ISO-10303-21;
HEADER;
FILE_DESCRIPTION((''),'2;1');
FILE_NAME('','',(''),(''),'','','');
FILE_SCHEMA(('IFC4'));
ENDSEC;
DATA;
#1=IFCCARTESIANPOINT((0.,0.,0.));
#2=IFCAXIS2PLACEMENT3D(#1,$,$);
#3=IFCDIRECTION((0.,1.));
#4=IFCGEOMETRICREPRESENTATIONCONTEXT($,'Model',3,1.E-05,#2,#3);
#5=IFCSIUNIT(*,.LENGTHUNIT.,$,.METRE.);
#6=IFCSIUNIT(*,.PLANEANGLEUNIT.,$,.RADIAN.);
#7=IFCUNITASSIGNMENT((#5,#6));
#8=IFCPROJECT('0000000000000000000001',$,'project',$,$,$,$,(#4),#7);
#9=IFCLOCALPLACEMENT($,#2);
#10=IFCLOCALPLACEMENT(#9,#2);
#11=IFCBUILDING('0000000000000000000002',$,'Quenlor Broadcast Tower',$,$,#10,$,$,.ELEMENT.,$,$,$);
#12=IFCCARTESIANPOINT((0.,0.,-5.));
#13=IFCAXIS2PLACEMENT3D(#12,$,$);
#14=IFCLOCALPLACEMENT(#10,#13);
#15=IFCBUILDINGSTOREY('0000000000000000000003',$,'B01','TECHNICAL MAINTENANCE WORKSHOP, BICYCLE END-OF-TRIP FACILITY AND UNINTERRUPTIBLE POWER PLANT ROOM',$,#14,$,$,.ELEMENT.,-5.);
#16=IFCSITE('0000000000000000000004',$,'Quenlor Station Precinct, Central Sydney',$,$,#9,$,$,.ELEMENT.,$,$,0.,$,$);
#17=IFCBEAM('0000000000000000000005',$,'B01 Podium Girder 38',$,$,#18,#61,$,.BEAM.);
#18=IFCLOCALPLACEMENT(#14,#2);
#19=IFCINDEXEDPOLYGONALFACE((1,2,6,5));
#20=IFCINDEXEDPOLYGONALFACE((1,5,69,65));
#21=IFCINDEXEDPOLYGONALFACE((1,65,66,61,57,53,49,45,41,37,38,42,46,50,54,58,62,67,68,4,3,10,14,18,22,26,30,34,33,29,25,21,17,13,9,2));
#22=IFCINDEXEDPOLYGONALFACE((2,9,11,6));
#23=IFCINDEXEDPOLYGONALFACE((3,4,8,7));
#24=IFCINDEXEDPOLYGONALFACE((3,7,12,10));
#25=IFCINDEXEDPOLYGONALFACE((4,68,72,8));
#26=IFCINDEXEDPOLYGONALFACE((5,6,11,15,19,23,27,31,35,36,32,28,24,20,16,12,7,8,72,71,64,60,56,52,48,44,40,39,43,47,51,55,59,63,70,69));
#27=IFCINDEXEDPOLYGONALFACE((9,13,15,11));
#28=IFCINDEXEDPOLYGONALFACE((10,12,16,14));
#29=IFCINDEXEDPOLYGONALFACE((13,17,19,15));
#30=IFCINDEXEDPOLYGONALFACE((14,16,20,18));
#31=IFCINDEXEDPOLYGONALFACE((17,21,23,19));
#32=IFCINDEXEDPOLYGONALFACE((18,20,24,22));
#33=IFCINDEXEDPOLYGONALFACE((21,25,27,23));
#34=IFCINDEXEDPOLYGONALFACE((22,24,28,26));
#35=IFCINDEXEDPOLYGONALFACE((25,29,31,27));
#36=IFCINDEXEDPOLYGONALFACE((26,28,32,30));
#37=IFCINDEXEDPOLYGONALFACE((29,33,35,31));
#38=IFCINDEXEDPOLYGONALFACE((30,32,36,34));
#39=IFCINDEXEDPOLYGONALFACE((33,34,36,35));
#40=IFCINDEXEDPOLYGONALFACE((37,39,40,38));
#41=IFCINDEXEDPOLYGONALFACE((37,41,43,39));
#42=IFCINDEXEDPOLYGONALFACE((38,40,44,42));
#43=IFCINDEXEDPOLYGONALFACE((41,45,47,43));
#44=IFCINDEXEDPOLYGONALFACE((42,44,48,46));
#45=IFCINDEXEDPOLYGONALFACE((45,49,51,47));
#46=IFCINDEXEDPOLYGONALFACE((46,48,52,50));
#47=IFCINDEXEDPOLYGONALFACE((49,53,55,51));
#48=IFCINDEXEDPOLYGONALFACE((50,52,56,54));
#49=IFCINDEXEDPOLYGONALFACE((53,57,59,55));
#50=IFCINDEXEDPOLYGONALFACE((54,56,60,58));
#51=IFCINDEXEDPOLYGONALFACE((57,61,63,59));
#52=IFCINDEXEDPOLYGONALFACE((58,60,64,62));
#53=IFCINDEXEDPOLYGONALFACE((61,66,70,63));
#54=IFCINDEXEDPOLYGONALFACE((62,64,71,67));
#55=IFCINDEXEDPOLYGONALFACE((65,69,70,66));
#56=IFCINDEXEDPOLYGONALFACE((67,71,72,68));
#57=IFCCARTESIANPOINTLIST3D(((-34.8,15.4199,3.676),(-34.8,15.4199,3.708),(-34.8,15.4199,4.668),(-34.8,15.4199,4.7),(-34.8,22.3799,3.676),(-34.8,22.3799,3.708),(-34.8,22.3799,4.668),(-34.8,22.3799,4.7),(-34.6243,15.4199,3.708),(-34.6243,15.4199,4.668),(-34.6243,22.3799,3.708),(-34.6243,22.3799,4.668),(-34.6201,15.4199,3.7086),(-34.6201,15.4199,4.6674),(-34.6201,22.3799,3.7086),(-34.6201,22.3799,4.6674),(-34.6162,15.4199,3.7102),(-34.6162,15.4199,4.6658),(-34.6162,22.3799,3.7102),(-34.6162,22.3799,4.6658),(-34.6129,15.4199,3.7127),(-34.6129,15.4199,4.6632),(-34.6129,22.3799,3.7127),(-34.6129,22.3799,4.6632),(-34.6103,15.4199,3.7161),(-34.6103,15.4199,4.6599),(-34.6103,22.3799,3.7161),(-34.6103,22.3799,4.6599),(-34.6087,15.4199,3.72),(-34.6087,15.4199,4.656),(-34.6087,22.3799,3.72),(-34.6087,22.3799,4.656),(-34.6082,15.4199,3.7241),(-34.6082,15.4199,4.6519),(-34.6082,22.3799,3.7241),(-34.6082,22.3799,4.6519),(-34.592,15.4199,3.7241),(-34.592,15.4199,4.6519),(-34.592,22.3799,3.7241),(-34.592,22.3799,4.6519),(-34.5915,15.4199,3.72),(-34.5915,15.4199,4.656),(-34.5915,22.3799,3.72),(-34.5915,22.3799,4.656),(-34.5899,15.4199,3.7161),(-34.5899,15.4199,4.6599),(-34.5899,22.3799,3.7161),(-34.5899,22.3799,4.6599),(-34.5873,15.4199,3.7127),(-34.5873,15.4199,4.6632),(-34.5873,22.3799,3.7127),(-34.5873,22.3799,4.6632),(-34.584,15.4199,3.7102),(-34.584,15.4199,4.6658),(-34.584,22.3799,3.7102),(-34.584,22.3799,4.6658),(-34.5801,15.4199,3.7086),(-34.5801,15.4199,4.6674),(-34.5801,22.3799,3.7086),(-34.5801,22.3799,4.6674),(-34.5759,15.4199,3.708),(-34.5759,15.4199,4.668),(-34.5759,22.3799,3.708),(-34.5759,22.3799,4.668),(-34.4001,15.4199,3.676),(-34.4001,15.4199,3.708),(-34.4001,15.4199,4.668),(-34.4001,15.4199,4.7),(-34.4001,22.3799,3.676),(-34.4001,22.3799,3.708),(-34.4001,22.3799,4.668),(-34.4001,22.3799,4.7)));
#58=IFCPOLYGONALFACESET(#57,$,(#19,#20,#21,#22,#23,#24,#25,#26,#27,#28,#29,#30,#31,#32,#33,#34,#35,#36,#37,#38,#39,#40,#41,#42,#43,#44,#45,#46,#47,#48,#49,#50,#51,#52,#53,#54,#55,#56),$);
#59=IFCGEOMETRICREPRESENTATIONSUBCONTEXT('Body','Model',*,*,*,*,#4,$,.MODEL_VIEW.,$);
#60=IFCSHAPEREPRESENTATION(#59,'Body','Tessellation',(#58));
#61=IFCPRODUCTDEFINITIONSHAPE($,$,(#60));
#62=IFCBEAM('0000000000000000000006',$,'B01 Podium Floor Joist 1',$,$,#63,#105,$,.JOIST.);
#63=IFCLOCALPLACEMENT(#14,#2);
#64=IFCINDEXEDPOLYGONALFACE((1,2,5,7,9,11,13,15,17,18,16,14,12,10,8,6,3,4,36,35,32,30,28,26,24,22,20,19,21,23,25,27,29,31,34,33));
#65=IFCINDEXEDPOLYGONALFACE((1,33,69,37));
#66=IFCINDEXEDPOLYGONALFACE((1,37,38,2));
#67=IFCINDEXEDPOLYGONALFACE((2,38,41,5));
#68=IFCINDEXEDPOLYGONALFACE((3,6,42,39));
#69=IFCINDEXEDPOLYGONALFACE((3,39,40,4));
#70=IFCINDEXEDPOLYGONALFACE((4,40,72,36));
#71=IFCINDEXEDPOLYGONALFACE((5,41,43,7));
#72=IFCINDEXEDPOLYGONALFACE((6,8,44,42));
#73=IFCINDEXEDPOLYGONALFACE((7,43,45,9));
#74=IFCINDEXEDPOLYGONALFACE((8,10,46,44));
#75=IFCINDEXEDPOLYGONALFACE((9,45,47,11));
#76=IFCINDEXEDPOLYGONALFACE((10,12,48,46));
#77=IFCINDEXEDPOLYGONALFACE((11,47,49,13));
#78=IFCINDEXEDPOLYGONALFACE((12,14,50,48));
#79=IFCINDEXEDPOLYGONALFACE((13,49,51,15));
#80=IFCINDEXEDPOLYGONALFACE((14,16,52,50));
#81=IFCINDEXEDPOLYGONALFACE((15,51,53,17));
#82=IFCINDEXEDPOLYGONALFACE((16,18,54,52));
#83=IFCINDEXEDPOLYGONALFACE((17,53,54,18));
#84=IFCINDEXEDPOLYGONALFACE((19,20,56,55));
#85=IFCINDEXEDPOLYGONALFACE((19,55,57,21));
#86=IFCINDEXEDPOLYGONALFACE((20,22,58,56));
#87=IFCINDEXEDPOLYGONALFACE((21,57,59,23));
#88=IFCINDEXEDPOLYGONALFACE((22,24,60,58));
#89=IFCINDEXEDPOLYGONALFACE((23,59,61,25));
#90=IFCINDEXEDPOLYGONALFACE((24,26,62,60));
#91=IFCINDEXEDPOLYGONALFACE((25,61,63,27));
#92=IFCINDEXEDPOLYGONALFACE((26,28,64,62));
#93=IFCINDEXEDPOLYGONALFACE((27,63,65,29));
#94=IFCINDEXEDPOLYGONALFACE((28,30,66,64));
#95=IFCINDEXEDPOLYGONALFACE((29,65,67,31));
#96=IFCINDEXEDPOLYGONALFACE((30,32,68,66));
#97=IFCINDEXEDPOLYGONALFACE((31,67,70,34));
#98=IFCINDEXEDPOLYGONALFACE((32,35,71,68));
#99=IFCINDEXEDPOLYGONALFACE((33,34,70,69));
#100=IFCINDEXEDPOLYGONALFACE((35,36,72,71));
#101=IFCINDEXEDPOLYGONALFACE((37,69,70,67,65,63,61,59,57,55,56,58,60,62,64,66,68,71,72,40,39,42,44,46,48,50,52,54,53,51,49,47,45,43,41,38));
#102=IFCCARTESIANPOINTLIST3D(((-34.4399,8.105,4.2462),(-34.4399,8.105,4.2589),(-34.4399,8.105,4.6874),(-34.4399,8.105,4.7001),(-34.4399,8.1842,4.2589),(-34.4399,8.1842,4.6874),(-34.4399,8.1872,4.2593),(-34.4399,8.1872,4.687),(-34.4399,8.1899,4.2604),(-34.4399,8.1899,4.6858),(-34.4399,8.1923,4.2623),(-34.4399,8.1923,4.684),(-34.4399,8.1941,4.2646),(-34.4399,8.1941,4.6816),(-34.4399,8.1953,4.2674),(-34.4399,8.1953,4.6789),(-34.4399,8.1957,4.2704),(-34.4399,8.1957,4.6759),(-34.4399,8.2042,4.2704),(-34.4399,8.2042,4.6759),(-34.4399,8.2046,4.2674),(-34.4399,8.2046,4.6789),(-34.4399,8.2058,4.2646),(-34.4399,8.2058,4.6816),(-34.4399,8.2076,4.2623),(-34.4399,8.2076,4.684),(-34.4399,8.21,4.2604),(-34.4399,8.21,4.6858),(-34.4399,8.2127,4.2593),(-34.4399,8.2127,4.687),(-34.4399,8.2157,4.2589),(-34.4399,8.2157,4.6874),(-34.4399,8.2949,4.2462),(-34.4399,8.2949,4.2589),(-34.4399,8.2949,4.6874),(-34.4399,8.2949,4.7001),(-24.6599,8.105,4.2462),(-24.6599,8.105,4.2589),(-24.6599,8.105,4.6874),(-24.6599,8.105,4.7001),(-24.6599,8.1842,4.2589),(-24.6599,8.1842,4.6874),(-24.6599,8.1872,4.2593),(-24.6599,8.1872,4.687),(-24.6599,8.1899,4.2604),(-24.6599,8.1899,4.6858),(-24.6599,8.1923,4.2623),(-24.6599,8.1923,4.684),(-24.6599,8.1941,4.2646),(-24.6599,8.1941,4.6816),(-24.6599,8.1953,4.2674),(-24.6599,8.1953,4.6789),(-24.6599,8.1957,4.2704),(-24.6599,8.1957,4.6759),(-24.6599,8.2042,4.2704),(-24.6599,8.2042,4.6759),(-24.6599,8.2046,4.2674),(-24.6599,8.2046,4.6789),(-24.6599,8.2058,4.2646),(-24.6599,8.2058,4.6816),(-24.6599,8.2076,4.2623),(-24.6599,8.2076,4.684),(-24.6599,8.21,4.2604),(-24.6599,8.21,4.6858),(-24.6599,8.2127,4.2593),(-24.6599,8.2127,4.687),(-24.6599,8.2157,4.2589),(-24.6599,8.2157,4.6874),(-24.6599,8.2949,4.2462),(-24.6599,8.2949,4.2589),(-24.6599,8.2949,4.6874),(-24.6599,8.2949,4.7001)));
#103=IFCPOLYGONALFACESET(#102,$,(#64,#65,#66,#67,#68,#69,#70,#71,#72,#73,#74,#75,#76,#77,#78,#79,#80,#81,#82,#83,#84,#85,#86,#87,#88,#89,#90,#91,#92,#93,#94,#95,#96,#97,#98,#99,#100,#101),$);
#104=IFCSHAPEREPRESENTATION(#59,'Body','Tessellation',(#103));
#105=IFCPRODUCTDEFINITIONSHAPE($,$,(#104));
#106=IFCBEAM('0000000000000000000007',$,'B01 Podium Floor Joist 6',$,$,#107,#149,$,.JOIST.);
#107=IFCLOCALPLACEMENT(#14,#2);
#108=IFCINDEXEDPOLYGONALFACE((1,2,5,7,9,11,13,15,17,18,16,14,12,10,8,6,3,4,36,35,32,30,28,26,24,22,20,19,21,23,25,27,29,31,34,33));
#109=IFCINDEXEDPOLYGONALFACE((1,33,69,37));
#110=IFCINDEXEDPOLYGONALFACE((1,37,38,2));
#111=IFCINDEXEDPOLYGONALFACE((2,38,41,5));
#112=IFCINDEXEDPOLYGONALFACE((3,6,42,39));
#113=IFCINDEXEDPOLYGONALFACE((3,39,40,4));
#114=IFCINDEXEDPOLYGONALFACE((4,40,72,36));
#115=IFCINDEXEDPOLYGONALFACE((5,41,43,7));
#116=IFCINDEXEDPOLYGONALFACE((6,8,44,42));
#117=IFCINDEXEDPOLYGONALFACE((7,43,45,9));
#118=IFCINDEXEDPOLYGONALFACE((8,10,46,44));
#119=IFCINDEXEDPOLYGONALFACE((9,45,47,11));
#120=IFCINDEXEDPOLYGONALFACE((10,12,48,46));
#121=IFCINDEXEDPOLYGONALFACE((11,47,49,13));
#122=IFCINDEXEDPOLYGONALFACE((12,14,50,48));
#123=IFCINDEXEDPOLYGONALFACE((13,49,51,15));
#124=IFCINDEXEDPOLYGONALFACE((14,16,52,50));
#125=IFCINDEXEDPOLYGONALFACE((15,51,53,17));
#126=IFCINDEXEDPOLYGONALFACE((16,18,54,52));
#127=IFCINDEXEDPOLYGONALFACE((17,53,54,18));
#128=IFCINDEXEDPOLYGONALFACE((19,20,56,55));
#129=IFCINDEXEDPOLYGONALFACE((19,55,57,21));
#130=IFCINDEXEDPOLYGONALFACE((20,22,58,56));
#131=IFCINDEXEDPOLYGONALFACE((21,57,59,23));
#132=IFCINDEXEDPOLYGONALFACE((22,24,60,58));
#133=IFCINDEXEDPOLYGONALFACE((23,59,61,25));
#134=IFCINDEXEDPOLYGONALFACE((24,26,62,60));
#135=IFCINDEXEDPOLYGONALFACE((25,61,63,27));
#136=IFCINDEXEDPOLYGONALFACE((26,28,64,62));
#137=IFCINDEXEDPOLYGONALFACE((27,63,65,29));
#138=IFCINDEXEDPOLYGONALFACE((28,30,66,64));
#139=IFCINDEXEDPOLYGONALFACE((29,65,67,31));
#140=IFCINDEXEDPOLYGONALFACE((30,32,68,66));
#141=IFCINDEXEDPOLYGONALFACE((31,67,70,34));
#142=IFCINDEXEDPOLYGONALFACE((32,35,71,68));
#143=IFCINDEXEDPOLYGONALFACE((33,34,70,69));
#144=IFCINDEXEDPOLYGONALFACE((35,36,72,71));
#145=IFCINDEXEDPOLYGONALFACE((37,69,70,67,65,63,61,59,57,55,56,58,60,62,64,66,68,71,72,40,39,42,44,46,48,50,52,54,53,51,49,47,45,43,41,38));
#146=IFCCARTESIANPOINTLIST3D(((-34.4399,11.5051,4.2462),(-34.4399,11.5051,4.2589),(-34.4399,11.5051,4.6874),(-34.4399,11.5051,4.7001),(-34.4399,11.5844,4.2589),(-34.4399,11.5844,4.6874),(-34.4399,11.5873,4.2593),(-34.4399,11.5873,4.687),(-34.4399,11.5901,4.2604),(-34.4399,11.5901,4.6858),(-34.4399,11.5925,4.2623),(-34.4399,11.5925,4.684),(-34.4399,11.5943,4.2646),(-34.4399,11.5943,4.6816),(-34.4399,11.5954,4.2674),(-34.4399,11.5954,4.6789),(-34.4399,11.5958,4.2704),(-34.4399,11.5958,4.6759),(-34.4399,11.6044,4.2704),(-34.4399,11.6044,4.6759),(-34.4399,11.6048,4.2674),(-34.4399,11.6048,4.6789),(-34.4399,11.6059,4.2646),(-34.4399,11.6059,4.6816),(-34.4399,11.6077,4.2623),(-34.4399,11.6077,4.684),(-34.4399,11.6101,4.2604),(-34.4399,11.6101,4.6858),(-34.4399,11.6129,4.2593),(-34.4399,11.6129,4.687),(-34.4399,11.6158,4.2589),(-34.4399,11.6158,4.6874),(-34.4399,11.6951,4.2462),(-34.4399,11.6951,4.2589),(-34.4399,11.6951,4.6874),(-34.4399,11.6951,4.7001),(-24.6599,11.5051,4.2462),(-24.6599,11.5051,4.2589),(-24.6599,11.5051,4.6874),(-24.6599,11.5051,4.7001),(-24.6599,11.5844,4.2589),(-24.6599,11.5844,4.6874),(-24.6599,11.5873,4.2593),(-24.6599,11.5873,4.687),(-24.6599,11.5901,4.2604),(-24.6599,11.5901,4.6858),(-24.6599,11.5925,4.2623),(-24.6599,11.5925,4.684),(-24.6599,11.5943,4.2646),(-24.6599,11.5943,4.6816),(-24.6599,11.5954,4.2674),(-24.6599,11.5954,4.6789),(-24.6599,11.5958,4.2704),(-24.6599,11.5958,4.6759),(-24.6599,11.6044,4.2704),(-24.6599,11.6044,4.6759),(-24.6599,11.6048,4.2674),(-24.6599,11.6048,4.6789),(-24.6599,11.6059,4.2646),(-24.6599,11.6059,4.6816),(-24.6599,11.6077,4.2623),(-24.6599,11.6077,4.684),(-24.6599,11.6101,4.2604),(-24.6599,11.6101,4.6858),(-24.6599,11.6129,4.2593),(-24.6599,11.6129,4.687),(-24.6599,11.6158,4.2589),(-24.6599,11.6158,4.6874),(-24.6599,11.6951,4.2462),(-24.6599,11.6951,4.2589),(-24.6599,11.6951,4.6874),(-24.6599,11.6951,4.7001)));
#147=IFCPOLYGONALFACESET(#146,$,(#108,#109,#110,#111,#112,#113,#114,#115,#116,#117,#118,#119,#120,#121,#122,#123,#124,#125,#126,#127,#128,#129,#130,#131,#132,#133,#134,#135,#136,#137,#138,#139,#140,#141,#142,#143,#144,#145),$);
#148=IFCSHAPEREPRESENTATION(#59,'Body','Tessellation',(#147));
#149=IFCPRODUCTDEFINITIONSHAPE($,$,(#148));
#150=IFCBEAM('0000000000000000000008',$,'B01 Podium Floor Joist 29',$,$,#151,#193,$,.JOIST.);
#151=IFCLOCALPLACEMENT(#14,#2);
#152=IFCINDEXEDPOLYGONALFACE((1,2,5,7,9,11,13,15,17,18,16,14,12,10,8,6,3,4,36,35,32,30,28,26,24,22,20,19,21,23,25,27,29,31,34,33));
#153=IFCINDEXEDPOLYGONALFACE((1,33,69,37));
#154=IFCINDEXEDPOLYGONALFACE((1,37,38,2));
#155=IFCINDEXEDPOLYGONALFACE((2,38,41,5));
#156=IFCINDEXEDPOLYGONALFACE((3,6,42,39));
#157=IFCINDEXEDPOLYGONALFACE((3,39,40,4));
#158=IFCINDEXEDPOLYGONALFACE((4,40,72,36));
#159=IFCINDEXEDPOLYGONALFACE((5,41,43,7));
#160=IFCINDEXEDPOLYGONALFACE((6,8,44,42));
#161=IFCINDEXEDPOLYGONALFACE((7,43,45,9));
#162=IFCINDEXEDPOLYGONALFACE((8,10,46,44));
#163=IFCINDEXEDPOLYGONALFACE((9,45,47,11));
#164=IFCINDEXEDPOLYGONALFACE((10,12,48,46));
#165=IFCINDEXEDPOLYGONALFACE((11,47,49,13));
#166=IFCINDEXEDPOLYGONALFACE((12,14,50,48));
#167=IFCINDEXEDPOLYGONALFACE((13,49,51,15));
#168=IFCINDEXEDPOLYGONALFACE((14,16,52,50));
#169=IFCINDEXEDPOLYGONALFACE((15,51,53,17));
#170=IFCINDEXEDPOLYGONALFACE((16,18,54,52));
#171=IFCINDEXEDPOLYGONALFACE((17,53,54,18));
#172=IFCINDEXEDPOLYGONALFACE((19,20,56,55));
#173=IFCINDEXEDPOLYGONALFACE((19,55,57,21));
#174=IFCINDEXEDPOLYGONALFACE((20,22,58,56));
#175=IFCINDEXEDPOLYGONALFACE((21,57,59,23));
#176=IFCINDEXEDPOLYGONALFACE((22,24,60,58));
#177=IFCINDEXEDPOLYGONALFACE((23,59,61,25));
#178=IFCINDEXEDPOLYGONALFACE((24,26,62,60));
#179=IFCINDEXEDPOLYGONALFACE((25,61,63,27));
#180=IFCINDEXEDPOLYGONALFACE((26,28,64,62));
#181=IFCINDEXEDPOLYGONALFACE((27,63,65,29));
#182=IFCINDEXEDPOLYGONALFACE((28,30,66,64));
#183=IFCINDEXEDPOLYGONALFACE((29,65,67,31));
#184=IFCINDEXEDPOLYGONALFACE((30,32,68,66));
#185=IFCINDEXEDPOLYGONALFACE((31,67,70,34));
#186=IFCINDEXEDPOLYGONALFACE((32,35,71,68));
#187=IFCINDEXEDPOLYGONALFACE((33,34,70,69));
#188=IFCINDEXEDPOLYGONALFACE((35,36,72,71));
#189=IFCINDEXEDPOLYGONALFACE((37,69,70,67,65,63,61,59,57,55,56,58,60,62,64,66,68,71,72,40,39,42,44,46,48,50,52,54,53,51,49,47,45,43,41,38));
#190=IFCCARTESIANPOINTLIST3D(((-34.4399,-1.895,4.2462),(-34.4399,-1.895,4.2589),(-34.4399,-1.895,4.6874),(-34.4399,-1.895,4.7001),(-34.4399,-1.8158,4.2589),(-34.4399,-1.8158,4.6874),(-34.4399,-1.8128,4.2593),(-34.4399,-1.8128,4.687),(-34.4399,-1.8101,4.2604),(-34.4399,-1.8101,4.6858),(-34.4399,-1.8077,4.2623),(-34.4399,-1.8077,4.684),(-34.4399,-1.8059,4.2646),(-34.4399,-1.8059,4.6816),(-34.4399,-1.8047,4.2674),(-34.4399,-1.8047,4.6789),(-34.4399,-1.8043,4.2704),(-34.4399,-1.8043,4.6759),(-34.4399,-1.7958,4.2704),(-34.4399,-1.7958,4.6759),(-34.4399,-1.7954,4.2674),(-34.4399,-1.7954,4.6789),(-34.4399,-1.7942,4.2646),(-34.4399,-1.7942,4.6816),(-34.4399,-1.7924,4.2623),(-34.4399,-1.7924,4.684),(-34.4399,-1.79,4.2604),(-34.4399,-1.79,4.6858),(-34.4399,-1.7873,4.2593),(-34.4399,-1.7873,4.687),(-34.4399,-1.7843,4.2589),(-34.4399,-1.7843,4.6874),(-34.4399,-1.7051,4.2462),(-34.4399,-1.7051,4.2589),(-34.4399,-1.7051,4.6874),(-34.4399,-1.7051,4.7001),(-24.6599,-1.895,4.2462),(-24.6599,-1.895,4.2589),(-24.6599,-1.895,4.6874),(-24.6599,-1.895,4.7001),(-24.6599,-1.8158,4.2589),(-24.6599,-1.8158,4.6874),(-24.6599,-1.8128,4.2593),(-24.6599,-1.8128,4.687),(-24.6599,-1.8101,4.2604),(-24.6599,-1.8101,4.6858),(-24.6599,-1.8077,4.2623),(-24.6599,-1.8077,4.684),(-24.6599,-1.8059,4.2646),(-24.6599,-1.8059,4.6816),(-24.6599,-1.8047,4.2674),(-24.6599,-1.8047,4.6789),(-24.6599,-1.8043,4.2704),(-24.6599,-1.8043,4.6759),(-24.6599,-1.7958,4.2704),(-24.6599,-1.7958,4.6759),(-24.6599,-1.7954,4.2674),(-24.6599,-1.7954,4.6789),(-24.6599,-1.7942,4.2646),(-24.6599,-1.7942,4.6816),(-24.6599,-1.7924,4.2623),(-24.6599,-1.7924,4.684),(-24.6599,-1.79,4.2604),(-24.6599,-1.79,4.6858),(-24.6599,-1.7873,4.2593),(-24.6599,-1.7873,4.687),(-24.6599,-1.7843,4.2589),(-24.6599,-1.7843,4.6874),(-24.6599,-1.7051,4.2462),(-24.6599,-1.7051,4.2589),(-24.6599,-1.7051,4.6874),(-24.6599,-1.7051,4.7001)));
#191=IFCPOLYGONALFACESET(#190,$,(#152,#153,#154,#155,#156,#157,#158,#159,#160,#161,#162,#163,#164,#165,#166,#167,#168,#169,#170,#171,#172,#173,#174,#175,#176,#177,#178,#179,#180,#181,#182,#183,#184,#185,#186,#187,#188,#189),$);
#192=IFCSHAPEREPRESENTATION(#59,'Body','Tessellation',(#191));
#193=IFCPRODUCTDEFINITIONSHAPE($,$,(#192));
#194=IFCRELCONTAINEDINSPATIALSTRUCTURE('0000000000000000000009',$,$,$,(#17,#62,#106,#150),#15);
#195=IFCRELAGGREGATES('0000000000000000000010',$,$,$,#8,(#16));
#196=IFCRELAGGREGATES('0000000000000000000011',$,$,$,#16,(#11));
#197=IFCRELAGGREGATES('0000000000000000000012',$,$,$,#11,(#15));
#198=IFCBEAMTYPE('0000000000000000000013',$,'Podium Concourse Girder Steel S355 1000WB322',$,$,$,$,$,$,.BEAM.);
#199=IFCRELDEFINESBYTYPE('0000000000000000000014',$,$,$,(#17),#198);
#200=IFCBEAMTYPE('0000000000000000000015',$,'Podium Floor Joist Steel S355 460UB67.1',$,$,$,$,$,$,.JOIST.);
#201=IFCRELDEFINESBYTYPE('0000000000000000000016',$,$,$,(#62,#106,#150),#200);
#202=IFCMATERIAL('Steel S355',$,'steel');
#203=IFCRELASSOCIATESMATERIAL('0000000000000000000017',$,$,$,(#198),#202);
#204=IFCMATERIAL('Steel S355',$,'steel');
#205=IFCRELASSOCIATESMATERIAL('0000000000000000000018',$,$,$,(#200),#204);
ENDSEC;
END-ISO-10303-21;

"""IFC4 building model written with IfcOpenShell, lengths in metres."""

from ifc_helpers import new_model, si_unit, direction, frame, origin, origin_2d, place, context, subcontext, project, spatial, i_section, extrude, material, material_profile, profile_set, type_object, element, save


model = new_model("IFC4")

# Units and contexts
model_context = context("Model", 3, precision=1e-05, world=origin(), true_north=direction((0.0, 1.0)))
body_context = subcontext(model_context, "Body", "Model", "MODEL_VIEW")
ifc_project = project(units=[si_unit("LENGTHUNIT", "METRE"), si_unit("PLANEANGLEUNIT", "RADIAN")], contexts=[model_context])

# Site, building, storey
site_placement = place(None, origin())
site = spatial("IfcSite", under=ifc_project, at=site_placement, Name="Quenlor Station Precinct, Central Sydney", CompositionType="ELEMENT", RefElevation=0.0)
building_placement = place(site_placement, origin())
building = spatial("IfcBuilding", under=site, at=building_placement, Name="Quenlor Broadcast Tower", CompositionType="ELEMENT")
storey_placement = place(building_placement, frame((0.0, 0.0, -5.0)))
storey = spatial("IfcBuildingStorey", under=building, at=storey_placement, Name="B01", Description="TECHNICAL MAINTENANCE WORKSHOP, BICYCLE END-OF-TRIP FACILITY AND UNINTERRUPTIBLE POWER PLANT ROOM", CompositionType="ELEMENT", Elevation=-5.0)

# Beams
ifc_material_1 = material(Name="Steel S355", Category="steel")
ifc_material_profile_1 = material_profile(ifc_material_1, i_section(OverallWidth=0.3999, OverallDepth=1.0239, WebThickness=0.0161, FlangeThickness=0.032, FilletRadius=0.0161, at=origin_2d()))
ifc_profile_set_1 = profile_set([ifc_material_profile_1], Name="Steel S355 1000WB322")
beam_type_1 = type_object("IfcBeamType", Name="Podium Concourse Girder Steel S355 1000WB322", PredefinedType="BEAM", material=ifc_profile_set_1)
beam_1_placement = place(storey_placement, frame((-34.6001, 15.4199, 4.188), z_axis=(0.0, 1.0, 0.0), x_axis=(-1.0, 0.0, 0.0)))
element("IfcBeam", 1, at=beam_1_placement, inside=storey, type_object=beam_type_1, Name="B01 Podium Girder 38", PredefinedType="BEAM", context=body_context, shape_type="SweptSolid", body=[
    extrude(i_section(OverallWidth=0.3999, OverallDepth=1.0239, WebThickness=0.0161, FlangeThickness=0.032, FilletRadius=0.0161, at=origin_2d()), origin(), (0.0, 0.0, 1.0), 6.96),
])
ifc_material_2 = material(Name="Steel S355", Category="steel")
ifc_material_profile_2 = material_profile(ifc_material_2, i_section(OverallWidth=0.1899, OverallDepth=0.4539, WebThickness=0.0085, FlangeThickness=0.0127, FilletRadius=0.0115, at=origin_2d()))
ifc_profile_set_2 = profile_set([ifc_material_profile_2], Name="Steel S355 460UB67.1")
beam_type_2 = type_object("IfcBeamType", Name="Podium Floor Joist Steel S355 460UB67.1", PredefinedType="JOIST", material=ifc_profile_set_2)
for number, where, z_axis, x_axis, name in (
    (2, (-34.4399, 8.2, 4.4731), (1.0, 0.0, 0.0), (0.0, 1.0, 0.0), "B01 Podium Floor Joist 1"),
    (3, (-34.4399, 11.6001, 4.4731), (1.0, 0.0, 0.0), (0.0, 1.0, 0.0), "B01 Podium Floor Joist 6"),
    (4, (-34.4399, -1.8, 4.4731), (1.0, 0.0, 0.0), (0.0, 1.0, 0.0), "B01 Podium Floor Joist 29"),
):
    element("IfcBeam", number, at=place(storey_placement, frame(where, z_axis=z_axis, x_axis=x_axis)), inside=storey, type_object=beam_type_2, Name=name, PredefinedType="JOIST", context=body_context, shape_type="SweptSolid", body=[
        extrude(i_section(OverallWidth=0.1899, OverallDepth=0.4539, WebThickness=0.0085, FlangeThickness=0.0127, FilletRadius=0.0115, at=origin_2d()), origin(), (0.0, 0.0, 1.0), 9.78),
    ])

save(model, "model.ifc")
